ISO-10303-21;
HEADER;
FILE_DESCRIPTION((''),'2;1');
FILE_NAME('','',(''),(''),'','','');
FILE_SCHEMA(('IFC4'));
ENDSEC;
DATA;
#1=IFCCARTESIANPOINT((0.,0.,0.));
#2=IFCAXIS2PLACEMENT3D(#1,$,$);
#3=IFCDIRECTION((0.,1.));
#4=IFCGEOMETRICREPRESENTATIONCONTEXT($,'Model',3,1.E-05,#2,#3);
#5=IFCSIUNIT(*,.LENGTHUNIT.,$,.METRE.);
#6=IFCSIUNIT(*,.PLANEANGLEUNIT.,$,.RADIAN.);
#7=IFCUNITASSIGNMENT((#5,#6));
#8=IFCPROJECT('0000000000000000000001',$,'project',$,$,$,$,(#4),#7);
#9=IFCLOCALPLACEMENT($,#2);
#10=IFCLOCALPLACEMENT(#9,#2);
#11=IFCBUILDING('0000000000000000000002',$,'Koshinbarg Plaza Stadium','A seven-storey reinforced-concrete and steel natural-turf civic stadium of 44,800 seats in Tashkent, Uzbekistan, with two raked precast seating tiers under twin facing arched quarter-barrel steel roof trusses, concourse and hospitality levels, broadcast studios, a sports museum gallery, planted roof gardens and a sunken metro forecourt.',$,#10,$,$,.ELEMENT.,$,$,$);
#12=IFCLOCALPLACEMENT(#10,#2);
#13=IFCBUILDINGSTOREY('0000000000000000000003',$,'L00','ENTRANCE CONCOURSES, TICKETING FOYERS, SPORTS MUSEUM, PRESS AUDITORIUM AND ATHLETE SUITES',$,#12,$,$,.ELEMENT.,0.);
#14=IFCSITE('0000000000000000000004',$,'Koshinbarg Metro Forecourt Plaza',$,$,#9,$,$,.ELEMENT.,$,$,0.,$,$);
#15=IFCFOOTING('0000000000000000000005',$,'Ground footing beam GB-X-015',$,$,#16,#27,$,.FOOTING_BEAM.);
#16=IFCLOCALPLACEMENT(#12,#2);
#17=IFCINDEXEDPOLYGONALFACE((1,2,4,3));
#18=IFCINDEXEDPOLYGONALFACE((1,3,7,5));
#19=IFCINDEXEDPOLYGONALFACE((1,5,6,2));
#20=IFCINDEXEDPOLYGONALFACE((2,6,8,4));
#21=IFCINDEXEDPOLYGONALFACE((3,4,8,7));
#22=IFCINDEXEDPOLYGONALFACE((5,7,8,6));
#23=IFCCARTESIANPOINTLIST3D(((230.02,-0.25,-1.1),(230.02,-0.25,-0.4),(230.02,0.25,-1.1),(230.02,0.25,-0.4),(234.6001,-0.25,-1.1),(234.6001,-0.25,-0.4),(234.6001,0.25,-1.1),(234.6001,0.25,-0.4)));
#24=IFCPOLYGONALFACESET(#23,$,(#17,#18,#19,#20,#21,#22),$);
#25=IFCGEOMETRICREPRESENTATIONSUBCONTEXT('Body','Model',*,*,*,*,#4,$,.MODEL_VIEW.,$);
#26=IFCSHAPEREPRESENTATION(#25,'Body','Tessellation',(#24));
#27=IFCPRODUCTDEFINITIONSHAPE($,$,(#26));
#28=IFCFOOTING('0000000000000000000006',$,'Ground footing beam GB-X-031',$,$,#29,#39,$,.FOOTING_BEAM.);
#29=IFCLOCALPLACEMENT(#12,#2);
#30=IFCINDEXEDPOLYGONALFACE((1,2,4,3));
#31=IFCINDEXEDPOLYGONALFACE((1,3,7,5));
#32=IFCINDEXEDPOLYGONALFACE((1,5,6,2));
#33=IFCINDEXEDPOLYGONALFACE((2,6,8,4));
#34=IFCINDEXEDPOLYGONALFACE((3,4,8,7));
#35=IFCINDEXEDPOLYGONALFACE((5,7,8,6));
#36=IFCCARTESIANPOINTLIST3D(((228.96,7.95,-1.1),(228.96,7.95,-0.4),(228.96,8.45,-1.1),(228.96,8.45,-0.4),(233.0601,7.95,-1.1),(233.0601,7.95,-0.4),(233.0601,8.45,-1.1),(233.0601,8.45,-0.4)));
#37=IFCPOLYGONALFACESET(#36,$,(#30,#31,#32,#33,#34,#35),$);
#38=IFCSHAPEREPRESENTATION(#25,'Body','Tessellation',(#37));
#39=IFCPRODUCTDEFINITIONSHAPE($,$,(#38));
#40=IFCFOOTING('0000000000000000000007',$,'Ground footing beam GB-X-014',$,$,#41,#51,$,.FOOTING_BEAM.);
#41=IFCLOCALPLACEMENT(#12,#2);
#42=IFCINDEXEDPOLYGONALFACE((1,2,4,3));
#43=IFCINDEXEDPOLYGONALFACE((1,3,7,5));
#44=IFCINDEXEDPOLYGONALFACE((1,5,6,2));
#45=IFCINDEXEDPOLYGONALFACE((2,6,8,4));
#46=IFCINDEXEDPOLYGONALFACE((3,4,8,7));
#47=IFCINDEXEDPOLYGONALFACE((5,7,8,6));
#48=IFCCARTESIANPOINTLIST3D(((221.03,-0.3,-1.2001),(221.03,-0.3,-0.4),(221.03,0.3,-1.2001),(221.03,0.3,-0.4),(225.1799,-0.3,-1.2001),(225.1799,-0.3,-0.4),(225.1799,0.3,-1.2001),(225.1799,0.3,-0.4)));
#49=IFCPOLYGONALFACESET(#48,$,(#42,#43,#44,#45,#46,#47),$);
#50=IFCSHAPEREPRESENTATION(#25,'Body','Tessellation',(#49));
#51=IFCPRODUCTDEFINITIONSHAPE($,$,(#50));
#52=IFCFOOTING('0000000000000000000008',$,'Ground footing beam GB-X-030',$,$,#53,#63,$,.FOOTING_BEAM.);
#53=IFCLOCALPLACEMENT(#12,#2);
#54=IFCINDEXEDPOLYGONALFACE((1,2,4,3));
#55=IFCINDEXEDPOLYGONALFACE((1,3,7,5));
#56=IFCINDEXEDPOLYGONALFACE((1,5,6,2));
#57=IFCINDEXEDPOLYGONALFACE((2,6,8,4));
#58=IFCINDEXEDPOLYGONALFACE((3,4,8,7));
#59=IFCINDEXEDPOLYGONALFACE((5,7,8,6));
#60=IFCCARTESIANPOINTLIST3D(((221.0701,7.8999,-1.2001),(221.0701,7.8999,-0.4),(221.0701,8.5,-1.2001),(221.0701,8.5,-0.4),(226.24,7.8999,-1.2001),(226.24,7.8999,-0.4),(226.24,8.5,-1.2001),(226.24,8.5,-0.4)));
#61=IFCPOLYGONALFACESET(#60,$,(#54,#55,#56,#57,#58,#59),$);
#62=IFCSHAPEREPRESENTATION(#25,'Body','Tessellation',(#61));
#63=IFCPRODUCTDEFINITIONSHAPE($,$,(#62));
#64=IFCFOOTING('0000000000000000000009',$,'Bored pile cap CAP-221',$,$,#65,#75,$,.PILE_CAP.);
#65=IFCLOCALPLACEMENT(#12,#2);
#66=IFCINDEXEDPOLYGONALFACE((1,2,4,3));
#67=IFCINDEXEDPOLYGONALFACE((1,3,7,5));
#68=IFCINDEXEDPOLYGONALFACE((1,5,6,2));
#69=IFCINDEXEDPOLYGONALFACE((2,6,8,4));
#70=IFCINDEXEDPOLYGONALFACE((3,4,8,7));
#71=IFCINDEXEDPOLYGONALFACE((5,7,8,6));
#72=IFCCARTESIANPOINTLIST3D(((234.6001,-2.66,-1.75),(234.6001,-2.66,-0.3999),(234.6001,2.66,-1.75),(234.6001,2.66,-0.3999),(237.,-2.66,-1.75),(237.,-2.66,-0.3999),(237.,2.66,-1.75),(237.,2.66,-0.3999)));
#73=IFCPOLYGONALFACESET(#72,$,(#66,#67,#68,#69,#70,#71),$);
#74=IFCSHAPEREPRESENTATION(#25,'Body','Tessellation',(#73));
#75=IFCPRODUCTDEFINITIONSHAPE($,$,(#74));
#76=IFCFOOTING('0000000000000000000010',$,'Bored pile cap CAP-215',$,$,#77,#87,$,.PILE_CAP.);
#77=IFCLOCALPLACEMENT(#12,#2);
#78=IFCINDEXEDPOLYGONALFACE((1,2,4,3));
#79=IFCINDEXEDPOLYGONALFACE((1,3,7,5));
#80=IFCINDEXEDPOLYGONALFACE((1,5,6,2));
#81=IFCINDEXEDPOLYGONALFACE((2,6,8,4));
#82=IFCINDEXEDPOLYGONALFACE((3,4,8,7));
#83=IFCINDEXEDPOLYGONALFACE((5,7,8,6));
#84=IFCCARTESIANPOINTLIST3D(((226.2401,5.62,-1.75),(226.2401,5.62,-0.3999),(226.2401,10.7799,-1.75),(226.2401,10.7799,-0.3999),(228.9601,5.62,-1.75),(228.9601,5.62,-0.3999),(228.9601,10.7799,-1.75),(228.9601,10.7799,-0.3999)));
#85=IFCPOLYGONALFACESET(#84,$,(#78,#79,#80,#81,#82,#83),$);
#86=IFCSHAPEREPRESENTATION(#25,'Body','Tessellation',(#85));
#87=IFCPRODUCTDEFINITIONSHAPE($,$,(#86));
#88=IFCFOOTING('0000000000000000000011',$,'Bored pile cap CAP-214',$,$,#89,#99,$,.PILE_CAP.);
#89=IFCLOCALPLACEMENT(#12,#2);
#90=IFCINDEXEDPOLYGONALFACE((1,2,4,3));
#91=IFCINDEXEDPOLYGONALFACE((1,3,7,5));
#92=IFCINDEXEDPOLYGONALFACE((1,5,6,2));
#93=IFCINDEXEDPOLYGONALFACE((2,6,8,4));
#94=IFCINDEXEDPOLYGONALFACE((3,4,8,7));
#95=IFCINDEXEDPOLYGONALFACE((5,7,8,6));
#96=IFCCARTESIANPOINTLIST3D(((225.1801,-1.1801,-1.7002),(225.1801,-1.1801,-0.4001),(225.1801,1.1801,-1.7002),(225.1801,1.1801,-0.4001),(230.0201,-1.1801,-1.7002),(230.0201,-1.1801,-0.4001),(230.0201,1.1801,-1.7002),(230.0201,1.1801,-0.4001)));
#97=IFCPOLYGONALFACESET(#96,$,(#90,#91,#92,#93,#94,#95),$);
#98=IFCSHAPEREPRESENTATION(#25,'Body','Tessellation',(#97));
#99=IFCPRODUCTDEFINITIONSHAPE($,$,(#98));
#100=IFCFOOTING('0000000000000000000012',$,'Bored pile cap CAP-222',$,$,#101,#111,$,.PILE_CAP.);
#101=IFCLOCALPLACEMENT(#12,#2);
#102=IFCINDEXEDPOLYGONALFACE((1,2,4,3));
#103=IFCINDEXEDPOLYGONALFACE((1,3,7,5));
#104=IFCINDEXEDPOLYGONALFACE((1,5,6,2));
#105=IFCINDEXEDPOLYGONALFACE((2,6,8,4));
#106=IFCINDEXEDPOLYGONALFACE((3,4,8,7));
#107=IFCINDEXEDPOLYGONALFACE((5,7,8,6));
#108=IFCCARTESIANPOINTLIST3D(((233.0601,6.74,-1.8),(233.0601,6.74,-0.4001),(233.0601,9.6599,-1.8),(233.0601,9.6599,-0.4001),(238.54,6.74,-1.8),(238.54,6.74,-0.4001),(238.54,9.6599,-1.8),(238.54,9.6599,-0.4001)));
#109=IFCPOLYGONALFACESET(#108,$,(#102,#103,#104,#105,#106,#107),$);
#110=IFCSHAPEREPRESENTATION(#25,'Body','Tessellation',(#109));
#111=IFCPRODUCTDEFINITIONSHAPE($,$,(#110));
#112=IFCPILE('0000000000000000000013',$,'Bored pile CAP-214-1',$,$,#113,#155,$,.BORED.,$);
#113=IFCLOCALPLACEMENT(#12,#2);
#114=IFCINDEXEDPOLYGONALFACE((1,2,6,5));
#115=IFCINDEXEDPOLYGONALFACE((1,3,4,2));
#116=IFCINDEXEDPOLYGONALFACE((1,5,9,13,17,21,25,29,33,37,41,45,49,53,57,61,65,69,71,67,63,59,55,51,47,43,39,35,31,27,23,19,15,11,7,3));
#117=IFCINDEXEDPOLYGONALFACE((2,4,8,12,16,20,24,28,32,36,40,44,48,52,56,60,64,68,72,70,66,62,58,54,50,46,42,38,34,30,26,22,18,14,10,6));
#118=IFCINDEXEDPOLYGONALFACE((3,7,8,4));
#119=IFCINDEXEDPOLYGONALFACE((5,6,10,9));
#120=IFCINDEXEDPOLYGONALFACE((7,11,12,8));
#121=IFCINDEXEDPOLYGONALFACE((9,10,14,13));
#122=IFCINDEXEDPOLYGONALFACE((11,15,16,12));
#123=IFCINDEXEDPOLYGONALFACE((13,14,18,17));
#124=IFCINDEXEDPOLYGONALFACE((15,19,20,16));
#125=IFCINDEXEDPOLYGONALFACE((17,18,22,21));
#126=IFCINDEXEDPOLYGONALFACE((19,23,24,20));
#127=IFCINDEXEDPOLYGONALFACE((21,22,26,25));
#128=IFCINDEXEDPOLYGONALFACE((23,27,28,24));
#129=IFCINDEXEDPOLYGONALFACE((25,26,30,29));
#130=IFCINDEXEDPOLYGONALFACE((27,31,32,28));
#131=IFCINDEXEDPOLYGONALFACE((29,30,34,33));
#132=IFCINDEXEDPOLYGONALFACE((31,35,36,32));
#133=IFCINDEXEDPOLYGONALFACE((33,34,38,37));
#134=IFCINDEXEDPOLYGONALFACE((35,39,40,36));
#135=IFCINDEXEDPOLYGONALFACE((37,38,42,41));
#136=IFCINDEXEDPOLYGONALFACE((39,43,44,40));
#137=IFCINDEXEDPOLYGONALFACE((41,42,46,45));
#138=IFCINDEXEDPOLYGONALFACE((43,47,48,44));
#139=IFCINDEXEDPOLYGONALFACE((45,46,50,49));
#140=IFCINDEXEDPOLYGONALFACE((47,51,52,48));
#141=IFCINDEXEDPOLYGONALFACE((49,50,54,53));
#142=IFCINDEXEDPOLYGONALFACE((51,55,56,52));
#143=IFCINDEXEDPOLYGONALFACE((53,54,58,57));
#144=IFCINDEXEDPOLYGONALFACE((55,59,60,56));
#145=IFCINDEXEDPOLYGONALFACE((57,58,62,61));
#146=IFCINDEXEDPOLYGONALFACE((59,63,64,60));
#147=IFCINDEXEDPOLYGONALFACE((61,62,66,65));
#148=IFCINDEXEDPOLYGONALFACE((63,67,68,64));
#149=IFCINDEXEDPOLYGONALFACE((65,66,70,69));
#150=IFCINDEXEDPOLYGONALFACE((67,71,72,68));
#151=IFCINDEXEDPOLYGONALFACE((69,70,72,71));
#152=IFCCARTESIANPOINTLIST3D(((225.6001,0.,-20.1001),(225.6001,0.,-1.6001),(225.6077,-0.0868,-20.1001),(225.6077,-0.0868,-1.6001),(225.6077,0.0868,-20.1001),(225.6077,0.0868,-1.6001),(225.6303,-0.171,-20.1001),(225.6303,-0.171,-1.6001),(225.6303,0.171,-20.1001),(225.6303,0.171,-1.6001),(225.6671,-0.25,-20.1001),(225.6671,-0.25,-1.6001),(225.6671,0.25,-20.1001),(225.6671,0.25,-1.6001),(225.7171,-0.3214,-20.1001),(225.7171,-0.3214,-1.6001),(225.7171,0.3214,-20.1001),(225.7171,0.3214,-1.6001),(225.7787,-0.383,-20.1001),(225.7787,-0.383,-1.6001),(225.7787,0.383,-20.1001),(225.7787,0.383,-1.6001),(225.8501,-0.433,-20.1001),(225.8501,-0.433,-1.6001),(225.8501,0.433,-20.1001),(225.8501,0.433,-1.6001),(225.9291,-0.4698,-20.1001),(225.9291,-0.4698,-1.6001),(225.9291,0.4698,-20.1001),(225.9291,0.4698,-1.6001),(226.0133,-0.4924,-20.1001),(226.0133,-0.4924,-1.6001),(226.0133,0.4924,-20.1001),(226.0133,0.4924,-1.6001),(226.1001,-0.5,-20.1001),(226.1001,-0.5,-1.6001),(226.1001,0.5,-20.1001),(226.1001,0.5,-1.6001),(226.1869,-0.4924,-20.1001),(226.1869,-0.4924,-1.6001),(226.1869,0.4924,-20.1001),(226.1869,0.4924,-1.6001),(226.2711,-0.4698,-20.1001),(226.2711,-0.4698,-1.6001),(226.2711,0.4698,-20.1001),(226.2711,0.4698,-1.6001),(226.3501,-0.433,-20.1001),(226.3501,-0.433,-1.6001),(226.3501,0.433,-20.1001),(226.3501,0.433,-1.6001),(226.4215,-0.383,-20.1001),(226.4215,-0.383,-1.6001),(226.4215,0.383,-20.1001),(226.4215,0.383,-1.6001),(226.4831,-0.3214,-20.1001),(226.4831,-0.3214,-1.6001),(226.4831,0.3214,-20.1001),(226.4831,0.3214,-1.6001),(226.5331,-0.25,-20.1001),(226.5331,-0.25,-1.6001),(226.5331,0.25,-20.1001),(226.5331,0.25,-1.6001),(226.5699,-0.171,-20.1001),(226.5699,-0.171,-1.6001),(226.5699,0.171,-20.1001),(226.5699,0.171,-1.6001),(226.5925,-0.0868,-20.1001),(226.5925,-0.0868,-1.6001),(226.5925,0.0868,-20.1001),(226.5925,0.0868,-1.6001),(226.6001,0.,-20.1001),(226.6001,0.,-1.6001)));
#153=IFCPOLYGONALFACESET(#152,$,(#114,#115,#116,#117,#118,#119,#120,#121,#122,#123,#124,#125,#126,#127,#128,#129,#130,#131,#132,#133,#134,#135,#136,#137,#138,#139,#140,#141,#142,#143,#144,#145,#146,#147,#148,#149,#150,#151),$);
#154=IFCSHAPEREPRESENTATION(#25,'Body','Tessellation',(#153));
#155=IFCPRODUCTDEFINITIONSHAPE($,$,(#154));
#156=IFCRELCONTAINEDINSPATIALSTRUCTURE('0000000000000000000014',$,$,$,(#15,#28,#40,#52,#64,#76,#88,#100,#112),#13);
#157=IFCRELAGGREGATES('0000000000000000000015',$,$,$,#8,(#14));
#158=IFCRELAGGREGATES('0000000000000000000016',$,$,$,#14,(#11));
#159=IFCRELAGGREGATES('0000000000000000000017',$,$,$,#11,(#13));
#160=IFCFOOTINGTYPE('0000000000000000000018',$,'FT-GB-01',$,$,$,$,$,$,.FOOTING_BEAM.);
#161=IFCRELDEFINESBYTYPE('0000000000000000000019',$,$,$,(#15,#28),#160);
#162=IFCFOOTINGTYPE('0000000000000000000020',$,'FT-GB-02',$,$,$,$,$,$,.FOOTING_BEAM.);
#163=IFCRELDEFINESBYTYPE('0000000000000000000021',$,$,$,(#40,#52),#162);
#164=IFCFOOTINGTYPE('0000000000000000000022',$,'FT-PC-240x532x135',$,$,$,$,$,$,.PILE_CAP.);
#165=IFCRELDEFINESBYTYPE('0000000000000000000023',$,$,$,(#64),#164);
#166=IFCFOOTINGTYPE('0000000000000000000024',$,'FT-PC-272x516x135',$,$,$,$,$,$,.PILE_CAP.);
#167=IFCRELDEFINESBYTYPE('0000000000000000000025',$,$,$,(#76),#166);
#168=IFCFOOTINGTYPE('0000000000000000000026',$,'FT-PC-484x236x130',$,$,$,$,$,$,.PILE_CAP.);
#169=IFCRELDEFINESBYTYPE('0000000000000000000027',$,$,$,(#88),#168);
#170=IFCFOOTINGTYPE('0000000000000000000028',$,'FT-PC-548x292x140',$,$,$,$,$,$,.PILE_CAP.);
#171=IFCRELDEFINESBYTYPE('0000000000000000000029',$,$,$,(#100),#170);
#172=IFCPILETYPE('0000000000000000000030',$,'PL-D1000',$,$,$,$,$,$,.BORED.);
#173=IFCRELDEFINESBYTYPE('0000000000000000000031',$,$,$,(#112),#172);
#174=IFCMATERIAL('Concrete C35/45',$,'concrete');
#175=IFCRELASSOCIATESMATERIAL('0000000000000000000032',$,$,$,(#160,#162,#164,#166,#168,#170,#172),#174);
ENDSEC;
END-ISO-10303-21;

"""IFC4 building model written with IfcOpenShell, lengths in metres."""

from ifc_helpers import new_model, si_unit, direction, frame, origin, origin_2d, place, context, subcontext, project, spatial, rectangle, circle, extrude, material, material_profile, profile_set, type_object, element, save


model = new_model("IFC4")

# Units and contexts
model_context = context("Model", 3, precision=1e-05, world=origin(), true_north=direction((0.0, 1.0)))
body_context = subcontext(model_context, "Body", "Model", "MODEL_VIEW")
ifc_project = project(units=[si_unit("LENGTHUNIT", "METRE"), si_unit("PLANEANGLEUNIT", "RADIAN")], contexts=[model_context])

# Site, building, storey
site_placement = place(None, origin())
site = spatial("IfcSite", under=ifc_project, at=site_placement, Name="Koshinbarg Metro Forecourt Plaza", CompositionType="ELEMENT", RefElevation=0.0)
building_placement = place(site_placement, origin())
building = spatial("IfcBuilding", under=site, at=building_placement, Name="Koshinbarg Plaza Stadium", Description="A seven-storey reinforced-concrete and steel natural-turf civic stadium of 44,800 seats in Tashkent, Uzbekistan, with two raked precast seating tiers under twin facing arched quarter-barrel steel roof trusses, concourse and hospitality levels, broadcast studios, a sports museum gallery, planted roof gardens and a sunken metro forecourt.", CompositionType="ELEMENT")
storey_placement = place(building_placement, origin())
storey = spatial("IfcBuildingStorey", under=building, at=storey_placement, Name="L00", Description="ENTRANCE CONCOURSES, TICKETING FOYERS, SPORTS MUSEUM, PRESS AUDITORIUM AND ATHLETE SUITES", CompositionType="ELEMENT", Elevation=0.0)

# Footings
ifc_material_1 = material(Name="Concrete C35/45", Category="concrete")
ifc_material_profile_1 = material_profile(ifc_material_1, rectangle(XDim=0.5, YDim=0.7, at=origin_2d()), Name="GB 500x700")
ifc_profile_set_1 = profile_set([ifc_material_profile_1], Name="Concrete C35/45")
footing_type_1 = type_object("IfcFootingType", Name="FT-GB-01", PredefinedType="FOOTING_BEAM", material=ifc_profile_set_1)
footing_1_placement = place(storey_placement, frame((230.02, 0.0, -0.75), z_axis=(1.0, 0.0, 0.0), x_axis=(0.0, 1.0, 0.0)))
element("IfcFooting", 1, at=footing_1_placement, inside=storey, type_object=footing_type_1, Name="Ground footing beam GB-X-015", PredefinedType="FOOTING_BEAM", context=body_context, shape_type="SweptSolid", body=[
    extrude(rectangle(XDim=0.5, YDim=0.7, at=origin_2d()), origin(), (0.0, 0.0, 1.0), 4.5801),
])
footing_2_placement = place(storey_placement, frame((228.96, 8.2, -0.75), z_axis=(1.0, 0.0, 0.0), x_axis=(0.0, 1.0, 0.0)))
element("IfcFooting", 2, at=footing_2_placement, inside=storey, type_object=footing_type_1, Name="Ground footing beam GB-X-031", PredefinedType="FOOTING_BEAM", context=body_context, shape_type="SweptSolid", body=[
    extrude(rectangle(XDim=0.5, YDim=0.7, at=origin_2d()), origin(), (0.0, 0.0, 1.0), 4.1001),
])
ifc_material_profile_2 = material_profile(ifc_material_1, rectangle(XDim=0.6001, YDim=0.8, at=origin_2d()), Name="GB 600x800")
ifc_profile_set_2 = profile_set([ifc_material_profile_2], Name="Concrete C35/45")
footing_type_2 = type_object("IfcFootingType", Name="FT-GB-02", PredefinedType="FOOTING_BEAM", material=ifc_profile_set_2)
footing_3_placement = place(storey_placement, frame((221.03, 0.0, -0.8), z_axis=(1.0, 0.0, 0.0), x_axis=(0.0, 1.0, 0.0)))
element("IfcFooting", 3, at=footing_3_placement, inside=storey, type_object=footing_type_2, Name="Ground footing beam GB-X-014", PredefinedType="FOOTING_BEAM", context=body_context, shape_type="SweptSolid", body=[
    extrude(rectangle(XDim=0.6001, YDim=0.8, at=origin_2d()), origin(), (0.0, 0.0, 1.0), 4.1499),
])
footing_4_placement = place(storey_placement, frame((221.0701, 8.2, -0.8), z_axis=(1.0, 0.0, 0.0), x_axis=(0.0, 1.0, 0.0)))
element("IfcFooting", 4, at=footing_4_placement, inside=storey, type_object=footing_type_2, Name="Ground footing beam GB-X-030", PredefinedType="FOOTING_BEAM", context=body_context, shape_type="SweptSolid", body=[
    extrude(rectangle(XDim=0.6001, YDim=0.8, at=origin_2d()), origin(), (0.0, 0.0, 1.0), 5.1699),
])
footing_type_3 = type_object("IfcFootingType", Name="FT-PC-240x532x135", PredefinedType="PILE_CAP", material=ifc_material_1)
footing_5_placement = place(storey_placement, frame((235.8, 0.0, -1.75), z_axis=(0.0, 0.0, 1.0), x_axis=(1.0, 0.0, 0.0)))
element("IfcFooting", 5, at=footing_5_placement, inside=storey, type_object=footing_type_3, Name="Bored pile cap CAP-221", PredefinedType="PILE_CAP", context=body_context, shape_type="SweptSolid", body=[
    extrude(rectangle(XDim=2.3999, YDim=5.3201, at=origin_2d()), origin(), (0.0, 0.0, 1.0), 1.3501),
])
footing_type_4 = type_object("IfcFootingType", Name="FT-PC-272x516x135", PredefinedType="PILE_CAP", material=ifc_material_1)
footing_6_placement = place(storey_placement, frame((227.6001, 8.2, -1.75), z_axis=(0.0, 0.0, 1.0), x_axis=(1.0, 0.0, 0.0)))
element("IfcFooting", 6, at=footing_6_placement, inside=storey, type_object=footing_type_4, Name="Bored pile cap CAP-215", PredefinedType="PILE_CAP", context=body_context, shape_type="SweptSolid", body=[
    extrude(rectangle(XDim=2.72, YDim=5.1599, at=origin_2d()), origin(), (0.0, 0.0, 1.0), 1.3501),
])
footing_type_5 = type_object("IfcFootingType", Name="FT-PC-484x236x130", PredefinedType="PILE_CAP", material=ifc_material_1)
footing_7_placement = place(storey_placement, frame((227.6001, 0.0, -1.7002), z_axis=(0.0, 0.0, 1.0), x_axis=(1.0, 0.0, 0.0)))
element("IfcFooting", 7, at=footing_7_placement, inside=storey, type_object=footing_type_5, Name="Bored pile cap CAP-214", PredefinedType="PILE_CAP", context=body_context, shape_type="SweptSolid", body=[
    extrude(rectangle(XDim=4.8401, YDim=2.3601, at=origin_2d()), origin(), (0.0, 0.0, 1.0), 1.3),
])
footing_type_6 = type_object("IfcFootingType", Name="FT-PC-548x292x140", PredefinedType="PILE_CAP", material=ifc_material_1)
footing_8_placement = place(storey_placement, frame((235.8, 8.2, -1.8), z_axis=(0.0, 0.0, 1.0), x_axis=(1.0, 0.0, 0.0)))
element("IfcFooting", 8, at=footing_8_placement, inside=storey, type_object=footing_type_6, Name="Bored pile cap CAP-222", PredefinedType="PILE_CAP", context=body_context, shape_type="SweptSolid", body=[
    extrude(rectangle(XDim=5.48, YDim=2.9199, at=origin_2d()), origin(), (0.0, 0.0, 1.0), 1.3999),
])

# Pile
ifc_material_profile_3 = material_profile(ifc_material_1, circle(Radius=0.5, at=origin_2d()), Name="PILE D1000")
ifc_profile_set_3 = profile_set([ifc_material_profile_3], Name="Concrete C35/45")
pile_type_1 = type_object("IfcPileType", Name="PL-D1000", PredefinedType="BORED", material=ifc_profile_set_3)
for number, where, z_axis, x_axis, name in (
    (9, (226.1001, 0.0, -1.6001), (0.0, 0.0, -1.0), (1.0, 0.0, 0.0), "Bored pile CAP-214-1"),
):
    element("IfcPile", number, at=place(storey_placement, frame(where, z_axis=z_axis, x_axis=x_axis)), inside=storey, type_object=pile_type_1, Name=name, PredefinedType="BORED", context=body_context, shape_type="SweptSolid", body=[
        extrude(circle(Radius=0.5, at=origin_2d()), origin(), (0.0, 0.0, 1.0), 18.5),
    ])

save(model, "model.ifc")
